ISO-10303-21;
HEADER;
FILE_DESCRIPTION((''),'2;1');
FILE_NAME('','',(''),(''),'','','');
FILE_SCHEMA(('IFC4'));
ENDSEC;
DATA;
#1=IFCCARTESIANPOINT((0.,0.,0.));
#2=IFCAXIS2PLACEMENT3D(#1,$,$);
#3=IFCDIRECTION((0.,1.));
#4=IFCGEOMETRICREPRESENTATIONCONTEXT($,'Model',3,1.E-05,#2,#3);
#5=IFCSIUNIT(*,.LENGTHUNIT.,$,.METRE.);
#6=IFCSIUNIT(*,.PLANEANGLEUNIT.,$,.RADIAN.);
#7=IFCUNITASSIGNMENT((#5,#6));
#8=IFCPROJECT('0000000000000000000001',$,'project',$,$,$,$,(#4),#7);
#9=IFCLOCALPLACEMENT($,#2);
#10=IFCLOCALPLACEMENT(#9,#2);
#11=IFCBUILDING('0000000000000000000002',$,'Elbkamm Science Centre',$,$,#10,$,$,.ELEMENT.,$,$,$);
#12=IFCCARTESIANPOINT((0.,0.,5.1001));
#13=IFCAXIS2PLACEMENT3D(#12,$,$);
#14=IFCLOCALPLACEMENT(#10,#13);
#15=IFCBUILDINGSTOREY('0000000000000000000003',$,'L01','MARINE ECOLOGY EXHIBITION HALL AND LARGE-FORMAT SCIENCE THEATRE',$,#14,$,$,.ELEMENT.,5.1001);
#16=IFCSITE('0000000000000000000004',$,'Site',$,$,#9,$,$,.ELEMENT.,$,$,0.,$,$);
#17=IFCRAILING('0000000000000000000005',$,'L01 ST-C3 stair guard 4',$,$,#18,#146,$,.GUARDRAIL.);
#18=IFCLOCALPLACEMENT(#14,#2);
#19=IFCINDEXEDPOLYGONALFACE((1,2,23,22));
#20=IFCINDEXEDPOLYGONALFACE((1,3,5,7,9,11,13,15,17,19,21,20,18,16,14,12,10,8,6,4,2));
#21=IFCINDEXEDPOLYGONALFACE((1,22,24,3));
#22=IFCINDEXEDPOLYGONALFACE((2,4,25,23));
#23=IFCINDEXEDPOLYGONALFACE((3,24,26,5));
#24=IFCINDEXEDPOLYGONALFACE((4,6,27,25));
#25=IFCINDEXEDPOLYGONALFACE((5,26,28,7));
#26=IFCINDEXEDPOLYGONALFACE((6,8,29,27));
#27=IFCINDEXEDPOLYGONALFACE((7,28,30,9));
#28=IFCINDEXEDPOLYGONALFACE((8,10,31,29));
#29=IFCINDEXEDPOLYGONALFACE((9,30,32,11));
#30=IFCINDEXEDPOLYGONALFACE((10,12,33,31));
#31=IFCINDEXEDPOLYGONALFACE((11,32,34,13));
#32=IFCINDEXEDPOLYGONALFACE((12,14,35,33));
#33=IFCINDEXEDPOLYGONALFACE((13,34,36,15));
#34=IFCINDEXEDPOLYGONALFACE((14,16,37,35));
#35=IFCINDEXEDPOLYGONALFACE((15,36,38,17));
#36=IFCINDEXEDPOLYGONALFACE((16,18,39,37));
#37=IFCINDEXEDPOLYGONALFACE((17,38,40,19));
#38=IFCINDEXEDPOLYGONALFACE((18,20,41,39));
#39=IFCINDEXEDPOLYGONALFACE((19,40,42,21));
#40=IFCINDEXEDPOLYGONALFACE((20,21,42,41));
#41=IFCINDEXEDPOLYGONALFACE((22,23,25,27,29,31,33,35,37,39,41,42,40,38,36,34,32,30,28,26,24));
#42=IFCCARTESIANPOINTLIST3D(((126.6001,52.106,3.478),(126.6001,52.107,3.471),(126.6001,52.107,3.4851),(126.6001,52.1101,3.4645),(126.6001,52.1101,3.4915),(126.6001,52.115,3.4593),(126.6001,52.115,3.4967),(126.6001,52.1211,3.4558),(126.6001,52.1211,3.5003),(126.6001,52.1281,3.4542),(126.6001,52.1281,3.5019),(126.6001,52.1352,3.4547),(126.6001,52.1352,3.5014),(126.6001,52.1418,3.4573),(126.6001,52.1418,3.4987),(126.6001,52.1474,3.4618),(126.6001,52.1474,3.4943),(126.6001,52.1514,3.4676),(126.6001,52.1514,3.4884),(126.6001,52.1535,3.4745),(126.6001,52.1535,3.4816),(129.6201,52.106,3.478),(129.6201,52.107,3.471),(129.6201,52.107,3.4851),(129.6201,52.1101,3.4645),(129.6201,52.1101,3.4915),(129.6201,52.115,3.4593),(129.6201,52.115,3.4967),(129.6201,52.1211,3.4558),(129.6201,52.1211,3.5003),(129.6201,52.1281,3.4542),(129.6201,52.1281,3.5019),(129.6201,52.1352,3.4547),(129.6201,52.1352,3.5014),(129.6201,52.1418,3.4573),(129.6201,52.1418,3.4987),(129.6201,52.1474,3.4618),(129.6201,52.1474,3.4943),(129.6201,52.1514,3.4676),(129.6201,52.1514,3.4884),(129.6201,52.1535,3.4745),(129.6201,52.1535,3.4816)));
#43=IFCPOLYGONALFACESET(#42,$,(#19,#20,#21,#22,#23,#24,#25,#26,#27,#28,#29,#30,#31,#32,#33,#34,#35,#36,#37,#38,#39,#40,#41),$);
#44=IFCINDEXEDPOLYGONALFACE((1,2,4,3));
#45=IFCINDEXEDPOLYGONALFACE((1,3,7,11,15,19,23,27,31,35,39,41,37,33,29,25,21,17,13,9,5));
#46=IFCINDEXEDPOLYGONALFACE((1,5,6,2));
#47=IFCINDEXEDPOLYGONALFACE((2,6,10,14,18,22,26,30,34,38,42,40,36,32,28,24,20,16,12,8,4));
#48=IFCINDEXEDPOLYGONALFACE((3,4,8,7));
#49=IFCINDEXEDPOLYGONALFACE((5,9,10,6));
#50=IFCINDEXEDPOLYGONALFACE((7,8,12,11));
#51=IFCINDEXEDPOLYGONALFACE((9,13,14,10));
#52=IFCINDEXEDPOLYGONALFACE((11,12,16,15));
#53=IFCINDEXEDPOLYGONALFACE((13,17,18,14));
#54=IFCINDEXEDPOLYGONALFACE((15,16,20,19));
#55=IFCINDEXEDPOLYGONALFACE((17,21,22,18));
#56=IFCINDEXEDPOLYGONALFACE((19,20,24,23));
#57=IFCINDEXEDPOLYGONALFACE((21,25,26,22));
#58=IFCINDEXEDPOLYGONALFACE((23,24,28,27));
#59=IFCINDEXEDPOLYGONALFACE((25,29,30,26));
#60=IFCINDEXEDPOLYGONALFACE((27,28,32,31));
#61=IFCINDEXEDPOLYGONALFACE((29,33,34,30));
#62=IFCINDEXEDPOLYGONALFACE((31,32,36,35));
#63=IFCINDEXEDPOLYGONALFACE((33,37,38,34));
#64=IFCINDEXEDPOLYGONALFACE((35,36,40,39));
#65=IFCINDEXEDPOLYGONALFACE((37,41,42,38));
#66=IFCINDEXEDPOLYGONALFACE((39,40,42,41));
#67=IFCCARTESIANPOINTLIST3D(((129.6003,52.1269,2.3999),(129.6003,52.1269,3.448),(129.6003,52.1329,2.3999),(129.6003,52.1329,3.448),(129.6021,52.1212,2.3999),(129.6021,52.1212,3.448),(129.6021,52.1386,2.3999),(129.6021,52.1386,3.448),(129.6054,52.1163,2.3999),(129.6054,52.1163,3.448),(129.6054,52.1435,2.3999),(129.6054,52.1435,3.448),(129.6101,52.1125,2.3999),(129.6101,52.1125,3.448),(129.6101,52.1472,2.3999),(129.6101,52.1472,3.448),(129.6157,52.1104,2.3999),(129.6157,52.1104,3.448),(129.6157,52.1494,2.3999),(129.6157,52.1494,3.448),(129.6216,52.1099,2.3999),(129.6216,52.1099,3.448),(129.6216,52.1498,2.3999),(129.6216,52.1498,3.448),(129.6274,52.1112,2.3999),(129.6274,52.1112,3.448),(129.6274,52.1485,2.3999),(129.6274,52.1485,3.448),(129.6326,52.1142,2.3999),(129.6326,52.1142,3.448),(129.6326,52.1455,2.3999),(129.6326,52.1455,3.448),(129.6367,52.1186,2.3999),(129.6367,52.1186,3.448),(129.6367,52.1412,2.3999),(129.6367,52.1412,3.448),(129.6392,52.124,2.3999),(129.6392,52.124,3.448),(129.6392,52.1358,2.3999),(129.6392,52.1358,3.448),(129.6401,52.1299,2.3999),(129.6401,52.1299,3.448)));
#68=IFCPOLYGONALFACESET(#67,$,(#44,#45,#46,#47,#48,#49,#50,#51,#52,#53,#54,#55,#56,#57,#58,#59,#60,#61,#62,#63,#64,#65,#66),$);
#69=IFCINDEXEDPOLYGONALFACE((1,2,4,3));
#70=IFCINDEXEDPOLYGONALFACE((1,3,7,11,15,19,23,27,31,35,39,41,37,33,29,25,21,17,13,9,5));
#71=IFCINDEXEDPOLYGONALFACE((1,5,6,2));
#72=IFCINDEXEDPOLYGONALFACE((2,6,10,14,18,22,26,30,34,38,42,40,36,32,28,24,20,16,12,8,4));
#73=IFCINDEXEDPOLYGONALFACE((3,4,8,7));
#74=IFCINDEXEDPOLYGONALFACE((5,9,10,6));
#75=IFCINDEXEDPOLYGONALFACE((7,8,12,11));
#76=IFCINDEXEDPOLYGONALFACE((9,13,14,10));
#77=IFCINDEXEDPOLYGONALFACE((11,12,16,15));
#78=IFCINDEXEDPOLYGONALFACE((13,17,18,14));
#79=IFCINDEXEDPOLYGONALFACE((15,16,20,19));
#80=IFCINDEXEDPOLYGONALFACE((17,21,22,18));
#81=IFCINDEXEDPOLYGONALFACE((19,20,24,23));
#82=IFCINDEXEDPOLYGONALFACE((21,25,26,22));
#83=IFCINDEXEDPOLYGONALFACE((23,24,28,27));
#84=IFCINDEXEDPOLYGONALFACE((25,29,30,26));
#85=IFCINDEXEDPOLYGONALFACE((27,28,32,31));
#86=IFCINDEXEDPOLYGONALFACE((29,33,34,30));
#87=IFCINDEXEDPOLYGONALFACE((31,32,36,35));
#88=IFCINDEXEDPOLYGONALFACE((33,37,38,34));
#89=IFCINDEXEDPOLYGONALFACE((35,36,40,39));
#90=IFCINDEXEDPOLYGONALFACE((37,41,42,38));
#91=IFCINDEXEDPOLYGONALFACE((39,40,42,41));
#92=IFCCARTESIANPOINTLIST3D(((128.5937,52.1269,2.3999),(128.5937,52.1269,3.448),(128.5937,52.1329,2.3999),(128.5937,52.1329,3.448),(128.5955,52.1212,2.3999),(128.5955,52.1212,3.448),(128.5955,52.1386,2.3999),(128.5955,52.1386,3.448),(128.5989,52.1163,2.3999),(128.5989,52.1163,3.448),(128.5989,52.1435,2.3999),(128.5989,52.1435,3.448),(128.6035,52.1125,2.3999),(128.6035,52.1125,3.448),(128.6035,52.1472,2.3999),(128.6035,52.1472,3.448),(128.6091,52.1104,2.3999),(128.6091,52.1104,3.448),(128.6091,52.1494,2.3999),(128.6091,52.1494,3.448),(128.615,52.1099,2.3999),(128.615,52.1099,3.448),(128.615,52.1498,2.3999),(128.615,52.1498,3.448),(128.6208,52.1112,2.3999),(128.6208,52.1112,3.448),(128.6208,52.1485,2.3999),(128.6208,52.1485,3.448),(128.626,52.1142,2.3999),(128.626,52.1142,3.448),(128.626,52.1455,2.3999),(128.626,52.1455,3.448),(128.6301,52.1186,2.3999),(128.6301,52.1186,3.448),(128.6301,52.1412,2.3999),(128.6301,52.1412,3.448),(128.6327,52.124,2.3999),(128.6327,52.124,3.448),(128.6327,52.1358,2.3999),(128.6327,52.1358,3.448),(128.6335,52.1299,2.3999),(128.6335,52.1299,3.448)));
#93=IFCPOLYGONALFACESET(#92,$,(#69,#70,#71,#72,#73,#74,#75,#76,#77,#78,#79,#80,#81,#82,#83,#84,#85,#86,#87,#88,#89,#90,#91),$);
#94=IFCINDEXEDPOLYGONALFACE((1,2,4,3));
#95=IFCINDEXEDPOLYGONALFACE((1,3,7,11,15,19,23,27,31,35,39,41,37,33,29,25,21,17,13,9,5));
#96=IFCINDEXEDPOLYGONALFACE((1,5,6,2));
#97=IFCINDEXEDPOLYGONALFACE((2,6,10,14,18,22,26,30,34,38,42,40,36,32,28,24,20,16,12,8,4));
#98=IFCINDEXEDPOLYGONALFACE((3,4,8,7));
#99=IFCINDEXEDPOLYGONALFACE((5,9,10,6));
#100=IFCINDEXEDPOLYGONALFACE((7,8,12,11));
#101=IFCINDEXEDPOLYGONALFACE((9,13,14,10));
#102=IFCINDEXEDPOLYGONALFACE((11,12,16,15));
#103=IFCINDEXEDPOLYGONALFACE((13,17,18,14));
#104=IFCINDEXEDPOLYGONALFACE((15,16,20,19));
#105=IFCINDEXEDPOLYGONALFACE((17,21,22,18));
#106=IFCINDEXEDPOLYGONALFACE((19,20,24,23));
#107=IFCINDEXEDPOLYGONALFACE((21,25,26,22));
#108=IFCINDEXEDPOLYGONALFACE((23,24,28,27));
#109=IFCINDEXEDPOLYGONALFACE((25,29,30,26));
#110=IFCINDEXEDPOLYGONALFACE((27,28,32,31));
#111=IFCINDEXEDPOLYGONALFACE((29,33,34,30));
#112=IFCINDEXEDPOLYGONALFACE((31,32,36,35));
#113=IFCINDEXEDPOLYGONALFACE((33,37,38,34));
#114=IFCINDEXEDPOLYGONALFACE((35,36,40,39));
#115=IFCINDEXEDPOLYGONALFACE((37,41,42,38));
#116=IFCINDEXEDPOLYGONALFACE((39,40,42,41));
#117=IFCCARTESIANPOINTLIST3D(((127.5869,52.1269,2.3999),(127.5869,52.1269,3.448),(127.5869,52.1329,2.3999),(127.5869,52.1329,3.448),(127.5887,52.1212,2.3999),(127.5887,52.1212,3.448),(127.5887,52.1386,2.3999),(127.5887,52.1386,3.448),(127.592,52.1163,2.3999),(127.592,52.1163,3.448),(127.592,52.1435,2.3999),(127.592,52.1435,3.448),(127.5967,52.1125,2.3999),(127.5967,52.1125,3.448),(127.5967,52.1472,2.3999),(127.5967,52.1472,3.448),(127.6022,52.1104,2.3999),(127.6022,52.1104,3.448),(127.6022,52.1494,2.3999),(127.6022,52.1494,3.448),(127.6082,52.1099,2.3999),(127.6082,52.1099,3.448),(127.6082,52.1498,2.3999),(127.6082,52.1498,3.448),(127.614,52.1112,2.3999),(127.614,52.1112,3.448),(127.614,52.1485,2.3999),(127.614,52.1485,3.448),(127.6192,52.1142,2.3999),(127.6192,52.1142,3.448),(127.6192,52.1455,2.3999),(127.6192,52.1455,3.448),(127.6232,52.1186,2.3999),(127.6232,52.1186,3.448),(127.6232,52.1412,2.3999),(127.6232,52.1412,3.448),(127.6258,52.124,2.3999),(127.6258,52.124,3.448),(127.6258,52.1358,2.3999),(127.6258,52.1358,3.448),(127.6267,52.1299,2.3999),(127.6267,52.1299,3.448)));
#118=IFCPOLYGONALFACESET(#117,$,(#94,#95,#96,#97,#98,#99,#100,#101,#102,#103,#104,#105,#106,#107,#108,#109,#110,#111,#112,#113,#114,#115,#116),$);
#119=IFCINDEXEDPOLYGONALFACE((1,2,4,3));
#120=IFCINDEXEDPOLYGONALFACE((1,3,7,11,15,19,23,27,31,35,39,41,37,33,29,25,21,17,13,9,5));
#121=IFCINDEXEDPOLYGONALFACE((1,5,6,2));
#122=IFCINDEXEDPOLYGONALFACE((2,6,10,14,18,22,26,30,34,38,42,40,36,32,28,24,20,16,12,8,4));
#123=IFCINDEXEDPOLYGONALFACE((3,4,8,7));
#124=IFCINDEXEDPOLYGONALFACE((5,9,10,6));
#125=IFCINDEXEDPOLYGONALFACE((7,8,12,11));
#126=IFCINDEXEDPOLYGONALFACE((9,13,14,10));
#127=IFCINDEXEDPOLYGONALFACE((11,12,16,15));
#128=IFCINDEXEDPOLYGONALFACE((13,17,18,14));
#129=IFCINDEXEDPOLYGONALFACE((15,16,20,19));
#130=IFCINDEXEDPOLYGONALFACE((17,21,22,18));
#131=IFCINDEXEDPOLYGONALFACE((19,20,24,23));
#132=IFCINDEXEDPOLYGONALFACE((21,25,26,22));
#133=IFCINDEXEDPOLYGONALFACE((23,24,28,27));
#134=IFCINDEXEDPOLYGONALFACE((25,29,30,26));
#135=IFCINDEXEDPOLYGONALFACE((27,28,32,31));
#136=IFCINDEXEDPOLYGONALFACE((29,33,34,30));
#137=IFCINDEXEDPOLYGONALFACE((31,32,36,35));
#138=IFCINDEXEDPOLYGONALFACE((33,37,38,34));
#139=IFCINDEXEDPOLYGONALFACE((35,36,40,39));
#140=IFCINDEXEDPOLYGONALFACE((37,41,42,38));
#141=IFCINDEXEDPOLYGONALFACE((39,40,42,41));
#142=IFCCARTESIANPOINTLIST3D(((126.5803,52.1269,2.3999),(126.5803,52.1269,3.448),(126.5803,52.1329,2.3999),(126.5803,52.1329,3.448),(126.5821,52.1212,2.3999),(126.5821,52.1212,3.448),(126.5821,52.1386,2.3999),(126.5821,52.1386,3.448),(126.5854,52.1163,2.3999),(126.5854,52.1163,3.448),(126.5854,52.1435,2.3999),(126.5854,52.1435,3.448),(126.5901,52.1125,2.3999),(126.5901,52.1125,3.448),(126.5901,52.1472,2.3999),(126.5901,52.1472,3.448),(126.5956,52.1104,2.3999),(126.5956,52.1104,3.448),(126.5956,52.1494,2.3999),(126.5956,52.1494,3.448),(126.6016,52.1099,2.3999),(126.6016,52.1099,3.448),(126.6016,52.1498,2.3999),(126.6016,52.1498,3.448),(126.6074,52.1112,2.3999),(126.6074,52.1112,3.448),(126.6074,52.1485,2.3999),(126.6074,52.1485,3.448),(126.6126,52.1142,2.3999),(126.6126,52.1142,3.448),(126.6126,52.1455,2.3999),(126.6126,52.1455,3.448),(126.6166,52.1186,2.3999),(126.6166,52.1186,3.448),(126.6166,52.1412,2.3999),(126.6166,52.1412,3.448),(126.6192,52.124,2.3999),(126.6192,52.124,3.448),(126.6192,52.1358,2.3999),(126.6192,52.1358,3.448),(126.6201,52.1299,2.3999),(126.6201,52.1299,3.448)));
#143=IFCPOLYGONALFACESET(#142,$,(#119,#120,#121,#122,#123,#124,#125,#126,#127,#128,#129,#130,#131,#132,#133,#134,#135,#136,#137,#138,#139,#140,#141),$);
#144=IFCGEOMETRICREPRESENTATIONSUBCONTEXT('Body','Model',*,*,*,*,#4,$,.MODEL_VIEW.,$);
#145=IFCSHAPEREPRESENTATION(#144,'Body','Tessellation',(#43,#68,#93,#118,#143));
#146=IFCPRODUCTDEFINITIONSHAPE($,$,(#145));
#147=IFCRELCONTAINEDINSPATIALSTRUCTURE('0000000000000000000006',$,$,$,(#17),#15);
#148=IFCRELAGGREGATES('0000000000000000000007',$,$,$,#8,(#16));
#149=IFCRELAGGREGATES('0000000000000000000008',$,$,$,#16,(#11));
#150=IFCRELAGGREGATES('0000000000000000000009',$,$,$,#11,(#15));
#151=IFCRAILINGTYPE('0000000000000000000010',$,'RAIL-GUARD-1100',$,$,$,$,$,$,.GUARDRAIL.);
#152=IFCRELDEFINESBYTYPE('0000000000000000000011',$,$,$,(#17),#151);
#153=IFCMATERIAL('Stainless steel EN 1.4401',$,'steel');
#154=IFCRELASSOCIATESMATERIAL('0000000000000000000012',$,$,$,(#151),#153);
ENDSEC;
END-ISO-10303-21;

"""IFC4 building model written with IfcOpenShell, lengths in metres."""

from ifc_helpers import new_model, si_unit, direction, frame, origin, origin_2d, place, context, subcontext, project, spatial, circle, extrude, material, type_object, element, save


model = new_model("IFC4")

# Units and contexts
model_context = context("Model", 3, precision=1e-05, world=origin(), true_north=direction((0.0, 1.0)))
body_context = subcontext(model_context, "Body", "Model", "MODEL_VIEW")
ifc_project = project(units=[si_unit("LENGTHUNIT", "METRE"), si_unit("PLANEANGLEUNIT", "RADIAN")], contexts=[model_context])

# Site, building, storey
site_placement = place(None, origin())
site = spatial("IfcSite", under=ifc_project, at=site_placement, Name="Site", CompositionType="ELEMENT", RefElevation=0.0)
building_placement = place(site_placement, origin())
building = spatial("IfcBuilding", under=site, at=building_placement, Name="Elbkamm Science Centre", CompositionType="ELEMENT")
storey_placement = place(building_placement, frame((0.0, 0.0, 5.1001)))
storey = spatial("IfcBuildingStorey", under=building, at=storey_placement, Name="L01", Description="MARINE ECOLOGY EXHIBITION HALL AND LARGE-FORMAT SCIENCE THEATRE", CompositionType="ELEMENT", Elevation=5.1001)

# Railing
ifc_material_1 = material(Name="Stainless steel EN 1.4401", Category="steel")
railing_type_1 = type_object("IfcRailingType", Name="RAIL-GUARD-1100", PredefinedType="GUARDRAIL", material=ifc_material_1)
for number, where, name in (
    (1, (129.6201, 52.1299, 2.3999), "L01 ST-C3 stair guard 4"),
):
    element("IfcRailing", number, at=place(storey_placement, frame(where)), inside=storey, type_object=railing_type_1, Name=name, PredefinedType="GUARDRAIL", context=body_context, shape_type="SweptSolid", body=[
        extrude(circle(Radius=0.0239, at=origin_2d()), frame((0.0, 0.0, 1.0781), z_axis=(-1.0, 0.0, 0.0), x_axis=(0.0, -1.0, 0.0)), (0.0, 0.0, 1.0), 3.02),
        extrude(circle(Radius=0.02, at=origin_2d()), origin(), (0.0, 0.0, 1.0), 1.0481),
        extrude(circle(Radius=0.02, at=origin_2d()), frame((-1.0066, 0.0, 0.0)), (0.0, 0.0, 1.0), 1.0481),
        extrude(circle(Radius=0.02, at=origin_2d()), frame((-2.0134, 0.0, 0.0)), (0.0, 0.0, 1.0), 1.0481),
        extrude(circle(Radius=0.02, at=origin_2d()), frame((-3.02, 0.0, 0.0)), (0.0, 0.0, 1.0), 1.0481),
    ])

save(model, "model.ifc")
